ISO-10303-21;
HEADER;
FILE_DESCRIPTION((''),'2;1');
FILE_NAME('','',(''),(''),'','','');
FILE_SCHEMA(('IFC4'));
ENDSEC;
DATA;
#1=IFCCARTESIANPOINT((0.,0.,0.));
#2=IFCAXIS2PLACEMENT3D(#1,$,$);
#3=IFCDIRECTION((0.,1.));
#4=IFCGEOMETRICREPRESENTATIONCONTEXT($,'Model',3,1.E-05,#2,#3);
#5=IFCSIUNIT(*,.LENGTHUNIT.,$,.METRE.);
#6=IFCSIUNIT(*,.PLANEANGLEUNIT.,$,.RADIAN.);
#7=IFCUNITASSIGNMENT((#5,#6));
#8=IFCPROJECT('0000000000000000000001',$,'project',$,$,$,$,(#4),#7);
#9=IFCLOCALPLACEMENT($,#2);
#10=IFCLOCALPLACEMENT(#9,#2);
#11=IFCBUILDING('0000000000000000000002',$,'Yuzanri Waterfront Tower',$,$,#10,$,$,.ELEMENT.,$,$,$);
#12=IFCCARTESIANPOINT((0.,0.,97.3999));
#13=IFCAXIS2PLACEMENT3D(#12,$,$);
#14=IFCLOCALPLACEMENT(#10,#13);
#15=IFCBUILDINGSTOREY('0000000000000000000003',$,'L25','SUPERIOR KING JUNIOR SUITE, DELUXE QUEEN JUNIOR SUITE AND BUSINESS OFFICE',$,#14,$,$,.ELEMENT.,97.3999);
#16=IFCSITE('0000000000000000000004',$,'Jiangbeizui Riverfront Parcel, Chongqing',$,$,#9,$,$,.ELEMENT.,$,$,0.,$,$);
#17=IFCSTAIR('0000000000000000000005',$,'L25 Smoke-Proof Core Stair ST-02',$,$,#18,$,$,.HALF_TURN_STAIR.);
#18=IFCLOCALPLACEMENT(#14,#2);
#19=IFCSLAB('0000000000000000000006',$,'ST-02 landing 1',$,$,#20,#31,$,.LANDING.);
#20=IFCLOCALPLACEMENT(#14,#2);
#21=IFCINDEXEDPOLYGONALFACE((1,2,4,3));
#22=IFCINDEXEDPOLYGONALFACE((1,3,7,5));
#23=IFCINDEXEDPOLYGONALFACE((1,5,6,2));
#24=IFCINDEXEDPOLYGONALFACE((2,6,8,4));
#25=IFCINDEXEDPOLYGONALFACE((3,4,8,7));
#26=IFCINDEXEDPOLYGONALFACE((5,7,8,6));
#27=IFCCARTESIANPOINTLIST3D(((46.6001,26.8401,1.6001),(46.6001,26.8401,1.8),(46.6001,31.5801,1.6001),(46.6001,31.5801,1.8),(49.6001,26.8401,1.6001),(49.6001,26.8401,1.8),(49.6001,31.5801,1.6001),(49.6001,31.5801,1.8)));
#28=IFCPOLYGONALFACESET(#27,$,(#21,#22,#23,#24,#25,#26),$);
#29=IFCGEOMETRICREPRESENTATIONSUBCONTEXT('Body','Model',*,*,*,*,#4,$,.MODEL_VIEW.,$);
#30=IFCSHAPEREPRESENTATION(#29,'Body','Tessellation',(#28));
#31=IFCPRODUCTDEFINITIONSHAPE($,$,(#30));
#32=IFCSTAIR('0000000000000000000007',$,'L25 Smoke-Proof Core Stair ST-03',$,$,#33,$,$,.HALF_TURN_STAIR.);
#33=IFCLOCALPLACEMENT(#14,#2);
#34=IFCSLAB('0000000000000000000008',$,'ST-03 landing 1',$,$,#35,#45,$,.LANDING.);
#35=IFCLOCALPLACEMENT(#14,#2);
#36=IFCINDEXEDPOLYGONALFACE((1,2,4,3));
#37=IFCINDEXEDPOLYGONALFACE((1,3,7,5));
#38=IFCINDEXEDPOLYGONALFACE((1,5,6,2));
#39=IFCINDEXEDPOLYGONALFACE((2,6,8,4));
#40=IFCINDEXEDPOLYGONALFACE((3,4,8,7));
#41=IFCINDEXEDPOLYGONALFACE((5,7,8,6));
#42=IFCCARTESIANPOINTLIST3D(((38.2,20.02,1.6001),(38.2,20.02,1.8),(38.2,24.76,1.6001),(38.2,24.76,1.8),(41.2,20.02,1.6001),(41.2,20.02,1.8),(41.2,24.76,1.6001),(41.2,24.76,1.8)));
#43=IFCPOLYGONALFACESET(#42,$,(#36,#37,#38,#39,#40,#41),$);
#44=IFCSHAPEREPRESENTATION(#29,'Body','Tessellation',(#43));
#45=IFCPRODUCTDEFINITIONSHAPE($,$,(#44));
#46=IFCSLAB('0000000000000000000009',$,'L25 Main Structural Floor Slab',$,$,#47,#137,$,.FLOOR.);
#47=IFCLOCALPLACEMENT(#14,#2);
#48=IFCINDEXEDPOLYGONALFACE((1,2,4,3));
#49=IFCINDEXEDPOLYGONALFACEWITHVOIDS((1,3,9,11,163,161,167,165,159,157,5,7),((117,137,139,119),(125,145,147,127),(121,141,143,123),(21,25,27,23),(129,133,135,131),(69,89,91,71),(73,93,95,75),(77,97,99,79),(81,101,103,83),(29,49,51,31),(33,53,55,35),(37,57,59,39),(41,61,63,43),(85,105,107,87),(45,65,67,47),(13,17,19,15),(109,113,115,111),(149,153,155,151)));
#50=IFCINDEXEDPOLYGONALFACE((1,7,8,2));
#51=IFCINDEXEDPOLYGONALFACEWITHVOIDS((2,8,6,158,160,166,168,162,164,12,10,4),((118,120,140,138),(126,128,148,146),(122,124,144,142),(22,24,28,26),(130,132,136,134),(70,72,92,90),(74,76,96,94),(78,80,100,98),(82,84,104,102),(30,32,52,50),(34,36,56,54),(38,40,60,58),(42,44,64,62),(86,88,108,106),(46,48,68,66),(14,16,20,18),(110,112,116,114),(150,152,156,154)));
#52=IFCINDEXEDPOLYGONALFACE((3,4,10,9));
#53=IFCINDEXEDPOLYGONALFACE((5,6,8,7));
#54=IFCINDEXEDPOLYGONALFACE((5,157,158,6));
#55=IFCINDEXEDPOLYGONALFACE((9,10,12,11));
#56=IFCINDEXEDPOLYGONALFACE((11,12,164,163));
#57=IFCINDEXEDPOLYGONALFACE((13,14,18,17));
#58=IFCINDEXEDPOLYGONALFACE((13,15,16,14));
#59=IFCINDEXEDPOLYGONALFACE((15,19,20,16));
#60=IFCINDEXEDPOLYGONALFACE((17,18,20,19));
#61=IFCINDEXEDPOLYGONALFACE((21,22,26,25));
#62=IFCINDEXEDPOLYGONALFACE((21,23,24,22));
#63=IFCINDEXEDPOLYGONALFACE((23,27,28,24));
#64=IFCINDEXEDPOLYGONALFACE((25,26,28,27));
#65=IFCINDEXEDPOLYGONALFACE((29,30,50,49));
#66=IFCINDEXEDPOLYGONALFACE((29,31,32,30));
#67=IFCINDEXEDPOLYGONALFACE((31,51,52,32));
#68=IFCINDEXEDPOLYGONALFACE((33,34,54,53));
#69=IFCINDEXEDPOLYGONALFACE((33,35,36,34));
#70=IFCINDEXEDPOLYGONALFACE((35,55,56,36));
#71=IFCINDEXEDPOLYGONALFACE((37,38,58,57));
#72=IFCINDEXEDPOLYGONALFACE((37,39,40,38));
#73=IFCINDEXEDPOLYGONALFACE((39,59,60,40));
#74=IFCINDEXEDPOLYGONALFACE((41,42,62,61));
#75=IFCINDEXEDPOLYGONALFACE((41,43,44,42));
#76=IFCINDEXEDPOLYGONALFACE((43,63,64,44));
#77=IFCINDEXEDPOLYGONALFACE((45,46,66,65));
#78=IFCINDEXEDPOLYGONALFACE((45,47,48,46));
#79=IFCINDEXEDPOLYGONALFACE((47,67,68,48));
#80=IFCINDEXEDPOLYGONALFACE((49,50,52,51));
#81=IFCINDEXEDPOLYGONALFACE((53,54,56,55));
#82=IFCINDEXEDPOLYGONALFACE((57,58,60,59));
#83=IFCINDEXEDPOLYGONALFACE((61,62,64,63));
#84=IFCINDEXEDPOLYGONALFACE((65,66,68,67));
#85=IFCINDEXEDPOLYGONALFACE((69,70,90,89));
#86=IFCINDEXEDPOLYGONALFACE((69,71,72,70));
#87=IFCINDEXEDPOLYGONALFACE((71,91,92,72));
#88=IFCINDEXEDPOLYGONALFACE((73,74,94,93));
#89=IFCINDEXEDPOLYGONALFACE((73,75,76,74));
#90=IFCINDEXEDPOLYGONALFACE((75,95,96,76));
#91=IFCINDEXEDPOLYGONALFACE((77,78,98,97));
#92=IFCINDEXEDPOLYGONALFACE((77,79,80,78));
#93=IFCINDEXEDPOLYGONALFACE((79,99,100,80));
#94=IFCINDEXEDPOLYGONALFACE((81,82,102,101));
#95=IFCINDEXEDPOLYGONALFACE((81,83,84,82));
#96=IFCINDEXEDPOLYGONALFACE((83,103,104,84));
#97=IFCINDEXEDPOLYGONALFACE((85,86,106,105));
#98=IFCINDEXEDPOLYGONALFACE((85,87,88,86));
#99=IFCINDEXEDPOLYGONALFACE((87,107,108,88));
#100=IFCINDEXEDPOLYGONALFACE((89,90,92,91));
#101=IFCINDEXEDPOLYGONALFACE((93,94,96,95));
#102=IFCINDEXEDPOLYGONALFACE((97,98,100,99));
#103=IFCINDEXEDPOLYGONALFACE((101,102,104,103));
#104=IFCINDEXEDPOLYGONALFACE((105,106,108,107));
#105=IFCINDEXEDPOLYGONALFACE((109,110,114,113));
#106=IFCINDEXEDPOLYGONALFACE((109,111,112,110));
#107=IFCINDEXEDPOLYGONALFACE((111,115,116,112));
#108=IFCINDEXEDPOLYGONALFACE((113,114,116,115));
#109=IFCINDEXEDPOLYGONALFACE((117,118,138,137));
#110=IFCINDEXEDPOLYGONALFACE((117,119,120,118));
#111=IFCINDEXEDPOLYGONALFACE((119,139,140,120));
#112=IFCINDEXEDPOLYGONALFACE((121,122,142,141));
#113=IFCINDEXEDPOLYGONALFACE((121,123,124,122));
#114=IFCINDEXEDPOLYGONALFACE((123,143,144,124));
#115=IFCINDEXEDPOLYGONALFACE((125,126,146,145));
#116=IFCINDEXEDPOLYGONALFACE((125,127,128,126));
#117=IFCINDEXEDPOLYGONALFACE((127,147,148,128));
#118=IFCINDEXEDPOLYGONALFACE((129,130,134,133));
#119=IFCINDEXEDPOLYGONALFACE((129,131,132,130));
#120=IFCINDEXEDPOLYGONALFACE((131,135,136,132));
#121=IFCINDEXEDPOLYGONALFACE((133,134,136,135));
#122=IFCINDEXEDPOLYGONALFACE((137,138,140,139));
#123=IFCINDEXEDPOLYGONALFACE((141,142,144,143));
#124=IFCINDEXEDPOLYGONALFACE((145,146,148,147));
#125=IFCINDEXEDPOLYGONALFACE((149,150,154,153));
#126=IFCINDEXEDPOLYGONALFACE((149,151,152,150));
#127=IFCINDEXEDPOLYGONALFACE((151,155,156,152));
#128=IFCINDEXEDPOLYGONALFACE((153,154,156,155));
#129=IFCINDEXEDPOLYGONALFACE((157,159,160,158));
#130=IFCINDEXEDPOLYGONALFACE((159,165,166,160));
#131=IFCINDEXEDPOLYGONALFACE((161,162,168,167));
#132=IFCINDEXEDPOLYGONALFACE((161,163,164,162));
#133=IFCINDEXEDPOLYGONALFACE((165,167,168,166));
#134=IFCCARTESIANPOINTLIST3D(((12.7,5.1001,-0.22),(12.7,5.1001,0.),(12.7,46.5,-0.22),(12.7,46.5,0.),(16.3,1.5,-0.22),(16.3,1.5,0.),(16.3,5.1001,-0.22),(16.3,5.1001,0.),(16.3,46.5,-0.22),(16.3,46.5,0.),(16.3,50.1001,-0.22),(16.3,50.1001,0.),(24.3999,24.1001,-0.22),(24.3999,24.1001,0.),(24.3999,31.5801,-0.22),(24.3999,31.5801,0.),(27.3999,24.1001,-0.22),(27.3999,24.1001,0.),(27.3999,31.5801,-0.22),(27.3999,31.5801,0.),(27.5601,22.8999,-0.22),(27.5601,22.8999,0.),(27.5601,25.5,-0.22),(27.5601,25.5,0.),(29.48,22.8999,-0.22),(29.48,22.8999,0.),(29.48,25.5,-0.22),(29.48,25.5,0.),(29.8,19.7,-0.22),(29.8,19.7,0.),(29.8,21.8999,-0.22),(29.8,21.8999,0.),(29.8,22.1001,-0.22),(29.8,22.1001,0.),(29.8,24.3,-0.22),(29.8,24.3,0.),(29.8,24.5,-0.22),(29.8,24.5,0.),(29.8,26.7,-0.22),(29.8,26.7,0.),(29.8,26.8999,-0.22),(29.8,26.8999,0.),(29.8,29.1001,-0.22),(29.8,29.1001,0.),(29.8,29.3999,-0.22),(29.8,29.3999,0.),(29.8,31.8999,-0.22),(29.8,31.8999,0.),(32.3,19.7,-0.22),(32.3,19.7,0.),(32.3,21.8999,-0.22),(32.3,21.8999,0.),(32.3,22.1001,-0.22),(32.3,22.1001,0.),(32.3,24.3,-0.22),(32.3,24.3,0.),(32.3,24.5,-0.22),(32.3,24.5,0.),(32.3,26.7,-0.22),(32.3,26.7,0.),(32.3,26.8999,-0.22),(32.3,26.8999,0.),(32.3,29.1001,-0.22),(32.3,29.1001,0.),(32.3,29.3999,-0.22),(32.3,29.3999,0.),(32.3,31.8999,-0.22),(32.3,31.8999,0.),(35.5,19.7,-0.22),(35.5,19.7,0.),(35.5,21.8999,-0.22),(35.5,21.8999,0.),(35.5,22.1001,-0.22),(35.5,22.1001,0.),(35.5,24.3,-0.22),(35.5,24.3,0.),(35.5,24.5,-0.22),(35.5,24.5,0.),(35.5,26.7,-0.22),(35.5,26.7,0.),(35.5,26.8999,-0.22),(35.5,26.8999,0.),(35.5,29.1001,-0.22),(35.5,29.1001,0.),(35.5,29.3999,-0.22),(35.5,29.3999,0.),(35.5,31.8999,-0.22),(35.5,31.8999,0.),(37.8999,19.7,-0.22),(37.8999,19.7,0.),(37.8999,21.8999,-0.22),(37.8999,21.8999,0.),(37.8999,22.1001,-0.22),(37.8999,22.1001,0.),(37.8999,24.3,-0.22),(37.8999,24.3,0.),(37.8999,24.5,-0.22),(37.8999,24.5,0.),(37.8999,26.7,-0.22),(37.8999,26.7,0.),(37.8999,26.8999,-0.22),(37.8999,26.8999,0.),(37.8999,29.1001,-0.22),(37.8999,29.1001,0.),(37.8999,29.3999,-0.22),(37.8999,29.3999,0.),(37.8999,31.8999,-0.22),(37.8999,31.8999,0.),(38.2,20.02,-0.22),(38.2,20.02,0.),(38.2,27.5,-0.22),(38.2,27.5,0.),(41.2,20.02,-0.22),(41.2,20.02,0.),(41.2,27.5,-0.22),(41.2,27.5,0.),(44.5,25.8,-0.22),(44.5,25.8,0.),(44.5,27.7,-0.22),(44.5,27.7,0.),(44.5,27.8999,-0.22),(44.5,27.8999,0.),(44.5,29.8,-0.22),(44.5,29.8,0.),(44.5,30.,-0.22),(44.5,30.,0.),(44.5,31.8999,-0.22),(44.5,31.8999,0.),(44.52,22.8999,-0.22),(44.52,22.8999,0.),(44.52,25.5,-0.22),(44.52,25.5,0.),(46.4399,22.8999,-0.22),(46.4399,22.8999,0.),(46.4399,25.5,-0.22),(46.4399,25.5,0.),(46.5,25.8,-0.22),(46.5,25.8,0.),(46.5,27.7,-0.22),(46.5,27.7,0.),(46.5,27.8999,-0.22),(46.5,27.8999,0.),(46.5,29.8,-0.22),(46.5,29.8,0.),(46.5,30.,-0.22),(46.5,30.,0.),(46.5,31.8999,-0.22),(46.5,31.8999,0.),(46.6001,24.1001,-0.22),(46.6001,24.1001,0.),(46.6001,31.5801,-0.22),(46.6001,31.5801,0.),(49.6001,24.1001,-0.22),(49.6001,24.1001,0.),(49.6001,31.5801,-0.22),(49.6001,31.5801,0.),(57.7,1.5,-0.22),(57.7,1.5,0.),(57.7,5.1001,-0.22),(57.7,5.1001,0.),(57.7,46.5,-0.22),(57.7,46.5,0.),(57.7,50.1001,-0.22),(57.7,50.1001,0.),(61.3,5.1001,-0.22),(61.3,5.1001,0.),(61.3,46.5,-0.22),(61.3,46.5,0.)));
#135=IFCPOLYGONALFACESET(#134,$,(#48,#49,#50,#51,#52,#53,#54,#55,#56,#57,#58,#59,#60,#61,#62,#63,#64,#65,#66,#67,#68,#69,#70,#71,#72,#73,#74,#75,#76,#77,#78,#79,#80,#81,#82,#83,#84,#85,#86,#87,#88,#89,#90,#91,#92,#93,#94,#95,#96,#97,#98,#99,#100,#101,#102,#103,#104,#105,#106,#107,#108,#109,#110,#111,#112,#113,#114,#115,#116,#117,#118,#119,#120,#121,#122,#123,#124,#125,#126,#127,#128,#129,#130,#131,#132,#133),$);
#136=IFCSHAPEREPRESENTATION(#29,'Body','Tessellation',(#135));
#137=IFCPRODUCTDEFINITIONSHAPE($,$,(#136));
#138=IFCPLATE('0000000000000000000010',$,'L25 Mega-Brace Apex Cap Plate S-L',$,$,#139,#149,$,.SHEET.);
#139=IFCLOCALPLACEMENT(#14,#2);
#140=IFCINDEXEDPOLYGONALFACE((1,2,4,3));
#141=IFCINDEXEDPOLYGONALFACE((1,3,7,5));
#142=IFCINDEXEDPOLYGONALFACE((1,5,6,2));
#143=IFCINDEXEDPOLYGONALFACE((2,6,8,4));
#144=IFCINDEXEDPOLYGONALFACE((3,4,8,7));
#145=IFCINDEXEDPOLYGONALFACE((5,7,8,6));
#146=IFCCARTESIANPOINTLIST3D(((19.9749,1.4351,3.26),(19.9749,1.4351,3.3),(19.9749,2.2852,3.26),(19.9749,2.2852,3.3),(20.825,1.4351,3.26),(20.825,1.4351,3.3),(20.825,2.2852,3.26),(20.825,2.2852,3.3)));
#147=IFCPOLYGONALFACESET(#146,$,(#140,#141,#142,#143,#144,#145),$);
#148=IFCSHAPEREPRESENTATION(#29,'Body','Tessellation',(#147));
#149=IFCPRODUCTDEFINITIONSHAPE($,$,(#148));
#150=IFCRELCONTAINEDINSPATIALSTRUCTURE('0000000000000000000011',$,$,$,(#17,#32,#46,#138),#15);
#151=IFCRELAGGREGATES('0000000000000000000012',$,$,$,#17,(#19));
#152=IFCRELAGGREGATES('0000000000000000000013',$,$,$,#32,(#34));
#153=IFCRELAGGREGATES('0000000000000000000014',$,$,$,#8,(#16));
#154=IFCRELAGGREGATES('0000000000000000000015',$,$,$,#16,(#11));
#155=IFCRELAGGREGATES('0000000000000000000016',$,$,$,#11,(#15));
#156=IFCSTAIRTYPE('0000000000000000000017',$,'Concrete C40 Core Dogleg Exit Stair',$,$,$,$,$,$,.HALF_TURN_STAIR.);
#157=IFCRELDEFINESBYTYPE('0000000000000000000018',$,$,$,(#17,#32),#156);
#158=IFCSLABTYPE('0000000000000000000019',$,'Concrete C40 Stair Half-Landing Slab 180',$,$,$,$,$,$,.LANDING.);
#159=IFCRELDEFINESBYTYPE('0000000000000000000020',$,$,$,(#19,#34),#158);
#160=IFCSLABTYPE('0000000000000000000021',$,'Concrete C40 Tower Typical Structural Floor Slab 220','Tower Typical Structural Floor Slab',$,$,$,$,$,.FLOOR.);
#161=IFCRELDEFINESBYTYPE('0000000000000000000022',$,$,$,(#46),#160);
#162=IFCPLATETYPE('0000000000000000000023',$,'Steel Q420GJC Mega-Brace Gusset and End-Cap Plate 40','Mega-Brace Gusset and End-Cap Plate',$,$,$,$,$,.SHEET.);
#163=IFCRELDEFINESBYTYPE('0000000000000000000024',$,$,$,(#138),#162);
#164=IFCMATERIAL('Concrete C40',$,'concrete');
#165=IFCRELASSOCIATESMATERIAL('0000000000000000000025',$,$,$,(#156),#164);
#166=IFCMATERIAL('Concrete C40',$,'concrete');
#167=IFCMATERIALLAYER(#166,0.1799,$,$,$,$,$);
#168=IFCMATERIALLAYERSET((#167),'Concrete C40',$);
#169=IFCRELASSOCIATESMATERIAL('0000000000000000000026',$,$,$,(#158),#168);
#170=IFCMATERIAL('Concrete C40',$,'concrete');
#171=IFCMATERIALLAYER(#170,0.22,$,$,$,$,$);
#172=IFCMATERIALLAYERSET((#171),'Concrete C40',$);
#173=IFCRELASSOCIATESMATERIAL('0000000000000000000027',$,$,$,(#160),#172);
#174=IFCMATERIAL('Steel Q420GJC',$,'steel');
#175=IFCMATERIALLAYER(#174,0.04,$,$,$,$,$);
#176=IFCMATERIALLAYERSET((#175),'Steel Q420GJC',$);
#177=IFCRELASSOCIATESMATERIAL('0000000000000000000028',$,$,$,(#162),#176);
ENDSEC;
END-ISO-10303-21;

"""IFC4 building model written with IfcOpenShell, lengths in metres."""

from ifc_helpers import new_model, si_unit, direction, frame, origin, origin_2d, place, context, subcontext, project, spatial, polyline, rectangle, outline, extrude, source, transform, mapped, material, layer, layer_set, type_object, element, aggregate, save


model = new_model("IFC4")

# Units and contexts
model_context = context("Model", 3, precision=1e-05, world=origin(), true_north=direction((0.0, 1.0)))
body_context = subcontext(model_context, "Body", "Model", "MODEL_VIEW")
ifc_project = project(units=[si_unit("LENGTHUNIT", "METRE"), si_unit("PLANEANGLEUNIT", "RADIAN")], contexts=[model_context])

# Site, building, storey
site_placement = place(None, origin())
site = spatial("IfcSite", under=ifc_project, at=site_placement, Name="Jiangbeizui Riverfront Parcel, Chongqing", CompositionType="ELEMENT", RefElevation=0.0)
building_placement = place(site_placement, origin())
building = spatial("IfcBuilding", under=site, at=building_placement, Name="Yuzanri Waterfront Tower", CompositionType="ELEMENT")
storey_placement = place(building_placement, frame((0.0, 0.0, 97.3999)))
storey = spatial("IfcBuildingStorey", under=building, at=storey_placement, Name="L25", Description="SUPERIOR KING JUNIOR SUITE, DELUXE QUEEN JUNIOR SUITE AND BUSINESS OFFICE", CompositionType="ELEMENT", Elevation=97.3999)

# Stairs, slabs
ifc_material_1 = material(Name="Concrete C40", Category="concrete")
stair_type = type_object("IfcStairType", Name="Concrete C40 Core Dogleg Exit Stair", PredefinedType="HALF_TURN_STAIR", material=ifc_material_1)
ifc_material_2 = material(Name="Concrete C40", Category="concrete")
ifc_layer_1 = layer(ifc_material_2, 0.1799)
ifc_layer_set_1 = layer_set([ifc_layer_1], Name="Concrete C40")
slab_type_1 = type_object("IfcSlabType", Name="Concrete C40 Stair Half-Landing Slab 180", PredefinedType="LANDING", material=ifc_layer_set_1)
stair_1_placement = place(storey_placement, origin())
stair_1 = element("IfcStair", 1, at=stair_1_placement, inside=storey, type_object=stair_type, Name="L25 Smoke-Proof Core Stair ST-02", PredefinedType="HALF_TURN_STAIR")
slab_1_placement = place(storey_placement, frame((0.0, 0.0, 1.6001)))
slab_1 = element("IfcSlab", 2, at=slab_1_placement, type_object=slab_type_1, Name="ST-02 landing 1", PredefinedType="LANDING", context=body_context, shape_type="SweptSolid", body=[
    extrude(outline(polyline([(49.6001, 26.8401), (49.6001, 31.5801), (46.6001, 31.5801), (46.6001, 26.8401), (49.6001, 26.8401)])), origin(), (0.0, 0.0, 1.0), 0.2),
])
aggregate(stair_1, [slab_1])
stair_2_placement = place(storey_placement, origin())
stair_2 = element("IfcStair", 3, at=stair_2_placement, inside=storey, type_object=stair_type, Name="L25 Smoke-Proof Core Stair ST-03", PredefinedType="HALF_TURN_STAIR")
slab_2_placement = place(storey_placement, frame((0.0, 0.0, 1.6001)))
slab_2 = element("IfcSlab", 4, at=slab_2_placement, type_object=slab_type_1, Name="ST-03 landing 1", PredefinedType="LANDING", context=body_context, shape_type="SweptSolid", body=[
    extrude(outline(polyline([(38.2, 24.76), (38.2, 20.02), (41.2, 20.02), (41.2, 24.76), (38.2, 24.76)])), origin(), (0.0, 0.0, 1.0), 0.2),
])
aggregate(stair_2, [slab_2])

# Slab
ifc_material_3 = material(Name="Concrete C40", Category="concrete")
ifc_layer_2 = layer(ifc_material_3, 0.22)
ifc_layer_set_2 = layer_set([ifc_layer_2], Name="Concrete C40")
slab_type_2 = type_object("IfcSlabType", Name="Concrete C40 Tower Typical Structural Floor Slab 220", Description="Tower Typical Structural Floor Slab", PredefinedType="FLOOR", material=ifc_layer_set_2)
slab_3_placement = place(storey_placement, frame((0.0, 0.0, -0.22)))
element("IfcSlab", 5, at=slab_3_placement, inside=storey, type_object=slab_type_2, Name="L25 Main Structural Floor Slab", PredefinedType="FLOOR", context=body_context, shape_type="SweptSolid", body=[
    extrude(outline(polyline([(16.3, 1.5), (57.7, 1.5), (57.7, 5.1001), (61.3, 5.1001), (61.3, 46.5), (57.7, 46.5), (57.7, 50.1001), (16.3, 50.1001), (16.3, 46.5), (12.7, 46.5), (12.7, 5.1001), (16.3, 5.1001), (16.3, 1.5)]), holes=[polyline([(27.3999, 24.1001), (27.3999, 31.5801), (24.3999, 31.5801), (24.3999, 24.1001), (27.3999, 24.1001)]), polyline([(49.6001, 24.1001), (49.6001, 31.5801), (46.6001, 31.5801), (46.6001, 24.1001), (49.6001, 24.1001)]), polyline([(38.2, 27.5), (38.2, 20.02), (41.2, 20.02), (41.2, 27.5), (38.2, 27.5)]), polyline([(27.5601, 22.8999), (29.48, 22.8999), (29.48, 25.5), (27.5601, 25.5), (27.5601, 22.8999)]), polyline([(44.52, 22.8999), (46.4399, 22.8999), (46.4399, 25.5), (44.52, 25.5), (44.52, 22.8999)]), polyline([(29.8, 19.7), (32.3, 19.7), (32.3, 21.8999), (29.8, 21.8999), (29.8, 19.7)]), polyline([(29.8, 22.1001), (32.3, 22.1001), (32.3, 24.3), (29.8, 24.3), (29.8, 22.1001)]), polyline([(29.8, 24.5), (32.3, 24.5), (32.3, 26.7), (29.8, 26.7), (29.8, 24.5)]), polyline([(29.8, 26.8999), (32.3, 26.8999), (32.3, 29.1001), (29.8, 29.1001), (29.8, 26.8999)]), polyline([(29.8, 29.3999), (32.3, 29.3999), (32.3, 31.8999), (29.8, 31.8999), (29.8, 29.3999)]), polyline([(35.5, 19.7), (37.8999, 19.7), (37.8999, 21.8999), (35.5, 21.8999), (35.5, 19.7)]), polyline([(35.5, 22.1001), (37.8999, 22.1001), (37.8999, 24.3), (35.5, 24.3), (35.5, 22.1001)]), polyline([(35.5, 24.5), (37.8999, 24.5), (37.8999, 26.7), (35.5, 26.7), (35.5, 24.5)]), polyline([(35.5, 26.8999), (37.8999, 26.8999), (37.8999, 29.1001), (35.5, 29.1001), (35.5, 26.8999)]), polyline([(35.5, 29.3999), (37.8999, 29.3999), (37.8999, 31.8999), (35.5, 31.8999), (35.5, 29.3999)]), polyline([(44.5, 25.8), (46.5, 25.8), (46.5, 27.7), (44.5, 27.7), (44.5, 25.8)]), polyline([(44.5, 27.8999), (46.5, 27.8999), (46.5, 29.8), (44.5, 29.8), (44.5, 27.8999)]), polyline([(44.5, 30.0), (46.5, 30.0), (46.5, 31.8999), (44.5, 31.8999), (44.5, 30.0)])]), origin(), (0.0, 0.0, 1.0), 0.22),
])

# Plate
ifc_material_4 = material(Name="Steel Q420GJC", Category="steel")
ifc_layer_3 = layer(ifc_material_4, 0.04)
ifc_layer_set_3 = layer_set([ifc_layer_3], Name="Steel Q420GJC")
plate_type = type_object("IfcPlateType", Name="Steel Q420GJC Mega-Brace Gusset and End-Cap Plate 40", Description="Mega-Brace Gusset and End-Cap Plate", PredefinedType="SHEET", material=ifc_layer_set_3)
shared_shape_1 = source(origin(), body_context, "Body", "SweptSolid", [
    extrude(rectangle(XDim=0.8501, YDim=0.8501, at=origin_2d()), origin(), (0.0, 0.0, 1.0), 0.04),
])
plate_placement = place(storey_placement, frame((20.3999, 1.8601, 3.26), z_axis=(0.0, 0.0, 1.0), x_axis=(1.0, 0.0, 0.0)))
element("IfcPlate", 6, at=plate_placement, inside=storey, type_object=plate_type, Name="L25 Mega-Brace Apex Cap Plate S-L", PredefinedType="SHEET", context=body_context, shape_type="MappedRepresentation", body=[
    mapped(shared_shape_1, transform((0.0, 0.0, 0.0), scale=1.0)),
])

save(model, "model.ifc")
